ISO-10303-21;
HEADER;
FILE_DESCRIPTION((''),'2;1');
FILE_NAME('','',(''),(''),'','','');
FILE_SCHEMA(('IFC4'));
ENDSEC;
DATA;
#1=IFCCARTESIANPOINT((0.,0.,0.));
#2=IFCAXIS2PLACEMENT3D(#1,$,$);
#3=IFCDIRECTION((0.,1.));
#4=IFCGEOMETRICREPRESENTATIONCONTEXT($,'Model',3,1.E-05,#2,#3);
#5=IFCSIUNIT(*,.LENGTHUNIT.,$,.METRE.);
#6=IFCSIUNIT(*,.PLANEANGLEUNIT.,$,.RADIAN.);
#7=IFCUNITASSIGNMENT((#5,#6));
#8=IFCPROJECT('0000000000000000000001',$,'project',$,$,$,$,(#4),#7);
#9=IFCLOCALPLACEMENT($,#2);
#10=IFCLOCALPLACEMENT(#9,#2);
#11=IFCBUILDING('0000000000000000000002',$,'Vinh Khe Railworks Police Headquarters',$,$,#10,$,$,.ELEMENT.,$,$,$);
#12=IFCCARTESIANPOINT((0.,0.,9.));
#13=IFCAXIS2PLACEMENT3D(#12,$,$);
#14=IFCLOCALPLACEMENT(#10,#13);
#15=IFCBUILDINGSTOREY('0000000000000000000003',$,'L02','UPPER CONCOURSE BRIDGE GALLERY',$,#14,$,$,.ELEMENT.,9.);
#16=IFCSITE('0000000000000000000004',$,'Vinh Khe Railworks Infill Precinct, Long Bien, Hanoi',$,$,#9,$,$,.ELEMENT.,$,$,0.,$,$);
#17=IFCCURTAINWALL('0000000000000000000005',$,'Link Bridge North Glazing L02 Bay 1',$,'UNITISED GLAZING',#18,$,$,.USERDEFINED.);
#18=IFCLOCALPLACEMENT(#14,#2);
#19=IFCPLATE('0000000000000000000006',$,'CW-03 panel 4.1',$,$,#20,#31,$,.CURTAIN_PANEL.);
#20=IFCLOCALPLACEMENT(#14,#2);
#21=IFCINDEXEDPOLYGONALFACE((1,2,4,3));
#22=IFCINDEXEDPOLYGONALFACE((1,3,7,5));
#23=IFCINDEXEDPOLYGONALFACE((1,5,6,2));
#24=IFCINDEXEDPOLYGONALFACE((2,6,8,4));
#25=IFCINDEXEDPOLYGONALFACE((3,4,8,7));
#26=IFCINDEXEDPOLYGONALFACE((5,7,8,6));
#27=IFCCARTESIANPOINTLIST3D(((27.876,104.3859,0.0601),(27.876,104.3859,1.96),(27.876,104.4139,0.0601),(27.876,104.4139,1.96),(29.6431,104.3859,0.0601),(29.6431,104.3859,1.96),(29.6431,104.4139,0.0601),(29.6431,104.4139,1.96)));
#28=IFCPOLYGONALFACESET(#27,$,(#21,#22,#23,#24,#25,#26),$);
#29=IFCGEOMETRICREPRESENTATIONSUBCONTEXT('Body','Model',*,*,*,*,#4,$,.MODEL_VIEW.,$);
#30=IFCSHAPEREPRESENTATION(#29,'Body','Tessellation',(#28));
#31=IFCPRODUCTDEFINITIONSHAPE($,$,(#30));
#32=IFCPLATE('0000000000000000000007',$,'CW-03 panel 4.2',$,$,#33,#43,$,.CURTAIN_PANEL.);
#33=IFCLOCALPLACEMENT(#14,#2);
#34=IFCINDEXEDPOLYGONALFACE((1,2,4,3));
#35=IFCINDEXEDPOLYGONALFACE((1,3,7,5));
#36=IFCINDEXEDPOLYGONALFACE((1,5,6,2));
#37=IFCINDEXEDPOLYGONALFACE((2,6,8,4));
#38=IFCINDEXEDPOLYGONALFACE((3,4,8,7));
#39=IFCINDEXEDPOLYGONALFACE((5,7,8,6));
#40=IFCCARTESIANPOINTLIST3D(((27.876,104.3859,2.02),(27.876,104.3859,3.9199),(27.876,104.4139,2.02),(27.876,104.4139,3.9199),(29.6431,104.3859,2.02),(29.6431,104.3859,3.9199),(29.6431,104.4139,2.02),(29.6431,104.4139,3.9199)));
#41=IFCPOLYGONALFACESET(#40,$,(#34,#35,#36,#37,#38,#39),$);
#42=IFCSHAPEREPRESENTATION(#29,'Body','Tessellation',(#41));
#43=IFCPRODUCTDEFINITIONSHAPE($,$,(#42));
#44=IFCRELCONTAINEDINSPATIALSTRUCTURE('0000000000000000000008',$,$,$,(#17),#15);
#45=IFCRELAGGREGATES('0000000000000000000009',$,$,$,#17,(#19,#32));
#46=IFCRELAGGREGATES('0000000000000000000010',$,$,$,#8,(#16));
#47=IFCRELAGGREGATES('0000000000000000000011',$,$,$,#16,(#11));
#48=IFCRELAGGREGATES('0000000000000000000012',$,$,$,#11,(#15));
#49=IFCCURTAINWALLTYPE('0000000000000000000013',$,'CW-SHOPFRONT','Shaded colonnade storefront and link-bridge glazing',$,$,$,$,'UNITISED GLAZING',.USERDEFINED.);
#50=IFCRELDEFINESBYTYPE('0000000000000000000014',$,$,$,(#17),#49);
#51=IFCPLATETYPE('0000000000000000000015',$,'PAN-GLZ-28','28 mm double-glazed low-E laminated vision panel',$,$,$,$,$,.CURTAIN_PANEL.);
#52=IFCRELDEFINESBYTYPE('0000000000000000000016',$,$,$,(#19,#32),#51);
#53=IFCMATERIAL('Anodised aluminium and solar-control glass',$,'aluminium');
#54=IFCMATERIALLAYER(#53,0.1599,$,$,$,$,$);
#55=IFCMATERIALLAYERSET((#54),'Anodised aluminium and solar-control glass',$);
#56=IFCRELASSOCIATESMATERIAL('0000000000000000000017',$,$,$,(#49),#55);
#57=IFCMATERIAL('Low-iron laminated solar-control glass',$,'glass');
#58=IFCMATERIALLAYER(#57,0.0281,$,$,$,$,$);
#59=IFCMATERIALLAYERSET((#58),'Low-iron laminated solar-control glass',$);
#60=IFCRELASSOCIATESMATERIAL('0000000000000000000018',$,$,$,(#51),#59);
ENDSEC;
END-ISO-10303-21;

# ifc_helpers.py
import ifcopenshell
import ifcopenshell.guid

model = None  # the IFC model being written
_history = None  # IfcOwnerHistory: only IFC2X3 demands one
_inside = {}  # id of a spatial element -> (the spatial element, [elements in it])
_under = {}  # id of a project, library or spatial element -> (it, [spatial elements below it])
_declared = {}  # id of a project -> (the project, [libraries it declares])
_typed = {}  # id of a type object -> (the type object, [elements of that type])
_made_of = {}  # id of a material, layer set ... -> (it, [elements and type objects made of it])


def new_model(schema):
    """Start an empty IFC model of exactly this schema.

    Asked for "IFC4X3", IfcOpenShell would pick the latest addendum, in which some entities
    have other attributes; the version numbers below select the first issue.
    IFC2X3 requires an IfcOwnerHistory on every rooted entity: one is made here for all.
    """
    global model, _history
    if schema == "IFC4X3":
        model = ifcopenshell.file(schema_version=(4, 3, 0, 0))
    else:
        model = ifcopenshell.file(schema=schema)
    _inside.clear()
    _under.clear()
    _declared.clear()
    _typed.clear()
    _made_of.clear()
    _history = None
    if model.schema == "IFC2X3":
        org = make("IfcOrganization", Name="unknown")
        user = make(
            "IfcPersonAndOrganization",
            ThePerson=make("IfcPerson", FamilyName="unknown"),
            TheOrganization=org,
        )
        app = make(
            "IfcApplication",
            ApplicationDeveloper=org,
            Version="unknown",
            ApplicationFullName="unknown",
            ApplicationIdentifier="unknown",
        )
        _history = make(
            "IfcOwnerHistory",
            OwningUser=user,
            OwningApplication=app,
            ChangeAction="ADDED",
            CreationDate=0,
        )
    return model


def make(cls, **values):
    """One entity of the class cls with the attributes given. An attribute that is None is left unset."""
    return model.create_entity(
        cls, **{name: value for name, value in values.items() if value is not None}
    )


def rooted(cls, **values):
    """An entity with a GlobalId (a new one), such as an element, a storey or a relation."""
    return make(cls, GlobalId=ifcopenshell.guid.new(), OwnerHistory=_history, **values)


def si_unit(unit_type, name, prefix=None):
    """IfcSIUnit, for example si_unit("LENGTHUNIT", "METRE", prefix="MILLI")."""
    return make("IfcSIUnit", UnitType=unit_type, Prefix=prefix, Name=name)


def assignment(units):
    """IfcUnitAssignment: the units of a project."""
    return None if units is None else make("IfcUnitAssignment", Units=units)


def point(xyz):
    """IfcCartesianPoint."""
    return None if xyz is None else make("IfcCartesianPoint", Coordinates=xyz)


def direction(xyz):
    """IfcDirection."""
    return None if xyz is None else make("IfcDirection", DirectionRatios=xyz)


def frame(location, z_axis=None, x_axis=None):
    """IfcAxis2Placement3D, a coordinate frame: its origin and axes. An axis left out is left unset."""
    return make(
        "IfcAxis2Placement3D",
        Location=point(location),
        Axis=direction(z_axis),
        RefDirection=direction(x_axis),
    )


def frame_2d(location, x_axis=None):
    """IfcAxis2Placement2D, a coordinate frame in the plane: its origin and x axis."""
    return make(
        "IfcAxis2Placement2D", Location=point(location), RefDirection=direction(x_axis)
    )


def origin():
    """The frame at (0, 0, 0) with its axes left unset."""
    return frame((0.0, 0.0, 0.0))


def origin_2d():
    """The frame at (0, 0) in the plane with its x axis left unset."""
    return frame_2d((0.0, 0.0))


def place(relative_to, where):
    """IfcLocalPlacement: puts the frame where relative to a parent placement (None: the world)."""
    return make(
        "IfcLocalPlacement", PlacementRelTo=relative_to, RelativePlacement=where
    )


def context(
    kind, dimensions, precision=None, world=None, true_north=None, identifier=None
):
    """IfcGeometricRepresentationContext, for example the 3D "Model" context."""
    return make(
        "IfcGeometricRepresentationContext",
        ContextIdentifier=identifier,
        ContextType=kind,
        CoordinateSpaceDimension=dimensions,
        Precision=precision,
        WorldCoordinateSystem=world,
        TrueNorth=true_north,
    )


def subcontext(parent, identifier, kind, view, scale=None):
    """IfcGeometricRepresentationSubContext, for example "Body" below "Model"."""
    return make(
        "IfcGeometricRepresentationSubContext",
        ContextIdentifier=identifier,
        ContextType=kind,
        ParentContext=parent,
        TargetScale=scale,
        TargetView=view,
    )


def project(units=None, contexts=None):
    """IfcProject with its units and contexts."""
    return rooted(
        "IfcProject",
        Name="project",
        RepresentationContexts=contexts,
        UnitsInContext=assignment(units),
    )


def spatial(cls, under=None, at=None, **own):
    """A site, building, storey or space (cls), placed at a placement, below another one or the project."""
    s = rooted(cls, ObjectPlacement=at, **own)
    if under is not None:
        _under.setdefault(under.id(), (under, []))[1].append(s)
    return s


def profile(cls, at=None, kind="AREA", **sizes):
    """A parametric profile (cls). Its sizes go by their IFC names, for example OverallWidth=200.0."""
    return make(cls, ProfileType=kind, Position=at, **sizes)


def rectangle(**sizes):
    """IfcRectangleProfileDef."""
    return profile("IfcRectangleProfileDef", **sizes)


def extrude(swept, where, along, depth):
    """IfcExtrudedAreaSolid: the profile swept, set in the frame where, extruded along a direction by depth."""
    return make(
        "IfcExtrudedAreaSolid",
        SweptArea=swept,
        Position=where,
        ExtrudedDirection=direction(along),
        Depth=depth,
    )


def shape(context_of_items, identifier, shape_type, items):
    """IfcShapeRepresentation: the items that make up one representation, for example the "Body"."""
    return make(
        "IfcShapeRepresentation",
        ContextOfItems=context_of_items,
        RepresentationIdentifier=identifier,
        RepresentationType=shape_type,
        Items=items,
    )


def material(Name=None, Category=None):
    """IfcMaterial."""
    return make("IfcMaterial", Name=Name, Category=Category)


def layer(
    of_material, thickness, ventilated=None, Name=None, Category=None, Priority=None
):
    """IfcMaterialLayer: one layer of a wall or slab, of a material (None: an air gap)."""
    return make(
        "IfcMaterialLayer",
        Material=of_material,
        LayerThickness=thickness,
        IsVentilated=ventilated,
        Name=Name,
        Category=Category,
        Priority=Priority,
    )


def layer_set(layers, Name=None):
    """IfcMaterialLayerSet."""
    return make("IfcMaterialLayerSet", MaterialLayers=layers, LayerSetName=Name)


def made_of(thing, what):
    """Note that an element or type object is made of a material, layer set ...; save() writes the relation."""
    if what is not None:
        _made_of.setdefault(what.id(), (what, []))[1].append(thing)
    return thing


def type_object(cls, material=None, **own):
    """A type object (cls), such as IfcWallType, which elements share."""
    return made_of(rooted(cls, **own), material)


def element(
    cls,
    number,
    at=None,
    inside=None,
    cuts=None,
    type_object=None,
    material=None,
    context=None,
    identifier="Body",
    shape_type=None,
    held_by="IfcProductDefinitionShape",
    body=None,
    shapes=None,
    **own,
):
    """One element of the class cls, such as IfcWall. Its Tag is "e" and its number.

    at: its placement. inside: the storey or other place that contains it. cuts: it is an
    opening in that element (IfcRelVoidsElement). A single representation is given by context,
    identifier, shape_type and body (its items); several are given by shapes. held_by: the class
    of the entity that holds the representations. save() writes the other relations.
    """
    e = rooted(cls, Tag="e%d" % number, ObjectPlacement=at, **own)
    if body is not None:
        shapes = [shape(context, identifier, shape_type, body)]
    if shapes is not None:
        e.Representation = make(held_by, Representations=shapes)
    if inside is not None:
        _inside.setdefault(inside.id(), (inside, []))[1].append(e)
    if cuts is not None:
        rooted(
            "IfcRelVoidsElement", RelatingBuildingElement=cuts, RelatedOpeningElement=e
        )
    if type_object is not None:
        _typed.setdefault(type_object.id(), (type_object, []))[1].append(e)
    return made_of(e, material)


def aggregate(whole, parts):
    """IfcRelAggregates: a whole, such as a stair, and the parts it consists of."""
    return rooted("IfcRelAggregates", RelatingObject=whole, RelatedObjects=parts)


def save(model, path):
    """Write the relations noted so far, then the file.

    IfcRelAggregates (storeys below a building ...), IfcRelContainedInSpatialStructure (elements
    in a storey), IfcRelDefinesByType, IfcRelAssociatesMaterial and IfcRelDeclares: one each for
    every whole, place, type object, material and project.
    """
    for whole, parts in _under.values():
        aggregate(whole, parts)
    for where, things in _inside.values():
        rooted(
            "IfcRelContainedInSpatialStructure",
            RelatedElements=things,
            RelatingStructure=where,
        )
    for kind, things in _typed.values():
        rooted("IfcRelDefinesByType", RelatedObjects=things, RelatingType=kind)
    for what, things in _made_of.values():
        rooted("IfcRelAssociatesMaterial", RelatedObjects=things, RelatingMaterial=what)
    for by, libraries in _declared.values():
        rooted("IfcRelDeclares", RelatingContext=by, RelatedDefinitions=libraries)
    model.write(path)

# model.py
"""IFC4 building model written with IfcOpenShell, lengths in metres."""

from ifc_helpers import new_model, si_unit, direction, frame, origin, origin_2d, place, context, subcontext, project, spatial, rectangle, extrude, material, layer, layer_set, type_object, element, aggregate, save


model = new_model("IFC4")

# Units and contexts
model_context = context("Model", 3, precision=1e-05, world=origin(), true_north=direction((0.0, 1.0)))
body_context = subcontext(model_context, "Body", "Model", "MODEL_VIEW")
ifc_project = project(units=[si_unit("LENGTHUNIT", "METRE"), si_unit("PLANEANGLEUNIT", "RADIAN")], contexts=[model_context])

# Site, building, storey
site_placement = place(None, origin())
site = spatial("IfcSite", under=ifc_project, at=site_placement, Name="Vinh Khe Railworks Infill Precinct, Long Bien, Hanoi", CompositionType="ELEMENT", RefElevation=0.0)
building_placement = place(site_placement, origin())
building = spatial("IfcBuilding", under=site, at=building_placement, Name="Vinh Khe Railworks Police Headquarters", CompositionType="ELEMENT")
storey_placement = place(building_placement, frame((0.0, 0.0, 9.0)))
storey = spatial("IfcBuildingStorey", under=building, at=storey_placement, Name="L02", Description="UPPER CONCOURSE BRIDGE GALLERY", CompositionType="ELEMENT", Elevation=9.0)

# Curtain wall
ifc_material_1 = material(Name="Anodised aluminium and solar-control glass", Category="aluminium")
ifc_layer_1 = layer(ifc_material_1, 0.1599)
ifc_layer_set_1 = layer_set([ifc_layer_1], Name="Anodised aluminium and solar-control glass")
curtain_wall_type = type_object("IfcCurtainWallType", Name="CW-SHOPFRONT", Description="Shaded colonnade storefront and link-bridge glazing", ElementType="UNITISED GLAZING", PredefinedType="USERDEFINED", material=ifc_layer_set_1)
curtain_wall_placement = place(storey_placement, origin())
curtain_wall = element("IfcCurtainWall", 1, at=curtain_wall_placement, inside=storey, type_object=curtain_wall_type, Name="Link Bridge North Glazing L02 Bay 1", ObjectType="UNITISED GLAZING", PredefinedType="USERDEFINED")

# Plates
ifc_material_2 = material(Name="Low-iron laminated solar-control glass", Category="glass")
ifc_layer_2 = layer(ifc_material_2, 0.0281)
ifc_layer_set_2 = layer_set([ifc_layer_2], Name="Low-iron laminated solar-control glass")
plate_type = type_object("IfcPlateType", Name="PAN-GLZ-28", Description="28 mm double-glazed low-E laminated vision panel", PredefinedType="CURTAIN_PANEL", material=ifc_layer_set_2)
plate_1_placement = place(storey_placement, frame((28.7595, 104.3999, 0.0601), z_axis=(0.0, 0.0, 1.0), x_axis=(1.0, 0.0, 0.0)))
plate_1 = element("IfcPlate", 2, at=plate_1_placement, type_object=plate_type, Name="CW-03 panel 4.1", PredefinedType="CURTAIN_PANEL", context=body_context, shape_type="SweptSolid", body=[
    extrude(rectangle(XDim=1.7671, YDim=0.0281, at=origin_2d()), origin(), (0.0, 0.0, 1.0), 1.8999),
])
plate_2_placement = place(storey_placement, frame((28.7595, 104.3999, 2.02), z_axis=(0.0, 0.0, 1.0), x_axis=(1.0, 0.0, 0.0)))
plate_2 = element("IfcPlate", 3, at=plate_2_placement, type_object=plate_type, Name="CW-03 panel 4.2", PredefinedType="CURTAIN_PANEL", context=body_context, shape_type="SweptSolid", body=[
    extrude(rectangle(XDim=1.7671, YDim=0.0281, at=origin_2d()), origin(), (0.0, 0.0, 1.0), 1.8999),
])
aggregate(curtain_wall, [plate_1, plate_2])

save(model, "model.ifc")
